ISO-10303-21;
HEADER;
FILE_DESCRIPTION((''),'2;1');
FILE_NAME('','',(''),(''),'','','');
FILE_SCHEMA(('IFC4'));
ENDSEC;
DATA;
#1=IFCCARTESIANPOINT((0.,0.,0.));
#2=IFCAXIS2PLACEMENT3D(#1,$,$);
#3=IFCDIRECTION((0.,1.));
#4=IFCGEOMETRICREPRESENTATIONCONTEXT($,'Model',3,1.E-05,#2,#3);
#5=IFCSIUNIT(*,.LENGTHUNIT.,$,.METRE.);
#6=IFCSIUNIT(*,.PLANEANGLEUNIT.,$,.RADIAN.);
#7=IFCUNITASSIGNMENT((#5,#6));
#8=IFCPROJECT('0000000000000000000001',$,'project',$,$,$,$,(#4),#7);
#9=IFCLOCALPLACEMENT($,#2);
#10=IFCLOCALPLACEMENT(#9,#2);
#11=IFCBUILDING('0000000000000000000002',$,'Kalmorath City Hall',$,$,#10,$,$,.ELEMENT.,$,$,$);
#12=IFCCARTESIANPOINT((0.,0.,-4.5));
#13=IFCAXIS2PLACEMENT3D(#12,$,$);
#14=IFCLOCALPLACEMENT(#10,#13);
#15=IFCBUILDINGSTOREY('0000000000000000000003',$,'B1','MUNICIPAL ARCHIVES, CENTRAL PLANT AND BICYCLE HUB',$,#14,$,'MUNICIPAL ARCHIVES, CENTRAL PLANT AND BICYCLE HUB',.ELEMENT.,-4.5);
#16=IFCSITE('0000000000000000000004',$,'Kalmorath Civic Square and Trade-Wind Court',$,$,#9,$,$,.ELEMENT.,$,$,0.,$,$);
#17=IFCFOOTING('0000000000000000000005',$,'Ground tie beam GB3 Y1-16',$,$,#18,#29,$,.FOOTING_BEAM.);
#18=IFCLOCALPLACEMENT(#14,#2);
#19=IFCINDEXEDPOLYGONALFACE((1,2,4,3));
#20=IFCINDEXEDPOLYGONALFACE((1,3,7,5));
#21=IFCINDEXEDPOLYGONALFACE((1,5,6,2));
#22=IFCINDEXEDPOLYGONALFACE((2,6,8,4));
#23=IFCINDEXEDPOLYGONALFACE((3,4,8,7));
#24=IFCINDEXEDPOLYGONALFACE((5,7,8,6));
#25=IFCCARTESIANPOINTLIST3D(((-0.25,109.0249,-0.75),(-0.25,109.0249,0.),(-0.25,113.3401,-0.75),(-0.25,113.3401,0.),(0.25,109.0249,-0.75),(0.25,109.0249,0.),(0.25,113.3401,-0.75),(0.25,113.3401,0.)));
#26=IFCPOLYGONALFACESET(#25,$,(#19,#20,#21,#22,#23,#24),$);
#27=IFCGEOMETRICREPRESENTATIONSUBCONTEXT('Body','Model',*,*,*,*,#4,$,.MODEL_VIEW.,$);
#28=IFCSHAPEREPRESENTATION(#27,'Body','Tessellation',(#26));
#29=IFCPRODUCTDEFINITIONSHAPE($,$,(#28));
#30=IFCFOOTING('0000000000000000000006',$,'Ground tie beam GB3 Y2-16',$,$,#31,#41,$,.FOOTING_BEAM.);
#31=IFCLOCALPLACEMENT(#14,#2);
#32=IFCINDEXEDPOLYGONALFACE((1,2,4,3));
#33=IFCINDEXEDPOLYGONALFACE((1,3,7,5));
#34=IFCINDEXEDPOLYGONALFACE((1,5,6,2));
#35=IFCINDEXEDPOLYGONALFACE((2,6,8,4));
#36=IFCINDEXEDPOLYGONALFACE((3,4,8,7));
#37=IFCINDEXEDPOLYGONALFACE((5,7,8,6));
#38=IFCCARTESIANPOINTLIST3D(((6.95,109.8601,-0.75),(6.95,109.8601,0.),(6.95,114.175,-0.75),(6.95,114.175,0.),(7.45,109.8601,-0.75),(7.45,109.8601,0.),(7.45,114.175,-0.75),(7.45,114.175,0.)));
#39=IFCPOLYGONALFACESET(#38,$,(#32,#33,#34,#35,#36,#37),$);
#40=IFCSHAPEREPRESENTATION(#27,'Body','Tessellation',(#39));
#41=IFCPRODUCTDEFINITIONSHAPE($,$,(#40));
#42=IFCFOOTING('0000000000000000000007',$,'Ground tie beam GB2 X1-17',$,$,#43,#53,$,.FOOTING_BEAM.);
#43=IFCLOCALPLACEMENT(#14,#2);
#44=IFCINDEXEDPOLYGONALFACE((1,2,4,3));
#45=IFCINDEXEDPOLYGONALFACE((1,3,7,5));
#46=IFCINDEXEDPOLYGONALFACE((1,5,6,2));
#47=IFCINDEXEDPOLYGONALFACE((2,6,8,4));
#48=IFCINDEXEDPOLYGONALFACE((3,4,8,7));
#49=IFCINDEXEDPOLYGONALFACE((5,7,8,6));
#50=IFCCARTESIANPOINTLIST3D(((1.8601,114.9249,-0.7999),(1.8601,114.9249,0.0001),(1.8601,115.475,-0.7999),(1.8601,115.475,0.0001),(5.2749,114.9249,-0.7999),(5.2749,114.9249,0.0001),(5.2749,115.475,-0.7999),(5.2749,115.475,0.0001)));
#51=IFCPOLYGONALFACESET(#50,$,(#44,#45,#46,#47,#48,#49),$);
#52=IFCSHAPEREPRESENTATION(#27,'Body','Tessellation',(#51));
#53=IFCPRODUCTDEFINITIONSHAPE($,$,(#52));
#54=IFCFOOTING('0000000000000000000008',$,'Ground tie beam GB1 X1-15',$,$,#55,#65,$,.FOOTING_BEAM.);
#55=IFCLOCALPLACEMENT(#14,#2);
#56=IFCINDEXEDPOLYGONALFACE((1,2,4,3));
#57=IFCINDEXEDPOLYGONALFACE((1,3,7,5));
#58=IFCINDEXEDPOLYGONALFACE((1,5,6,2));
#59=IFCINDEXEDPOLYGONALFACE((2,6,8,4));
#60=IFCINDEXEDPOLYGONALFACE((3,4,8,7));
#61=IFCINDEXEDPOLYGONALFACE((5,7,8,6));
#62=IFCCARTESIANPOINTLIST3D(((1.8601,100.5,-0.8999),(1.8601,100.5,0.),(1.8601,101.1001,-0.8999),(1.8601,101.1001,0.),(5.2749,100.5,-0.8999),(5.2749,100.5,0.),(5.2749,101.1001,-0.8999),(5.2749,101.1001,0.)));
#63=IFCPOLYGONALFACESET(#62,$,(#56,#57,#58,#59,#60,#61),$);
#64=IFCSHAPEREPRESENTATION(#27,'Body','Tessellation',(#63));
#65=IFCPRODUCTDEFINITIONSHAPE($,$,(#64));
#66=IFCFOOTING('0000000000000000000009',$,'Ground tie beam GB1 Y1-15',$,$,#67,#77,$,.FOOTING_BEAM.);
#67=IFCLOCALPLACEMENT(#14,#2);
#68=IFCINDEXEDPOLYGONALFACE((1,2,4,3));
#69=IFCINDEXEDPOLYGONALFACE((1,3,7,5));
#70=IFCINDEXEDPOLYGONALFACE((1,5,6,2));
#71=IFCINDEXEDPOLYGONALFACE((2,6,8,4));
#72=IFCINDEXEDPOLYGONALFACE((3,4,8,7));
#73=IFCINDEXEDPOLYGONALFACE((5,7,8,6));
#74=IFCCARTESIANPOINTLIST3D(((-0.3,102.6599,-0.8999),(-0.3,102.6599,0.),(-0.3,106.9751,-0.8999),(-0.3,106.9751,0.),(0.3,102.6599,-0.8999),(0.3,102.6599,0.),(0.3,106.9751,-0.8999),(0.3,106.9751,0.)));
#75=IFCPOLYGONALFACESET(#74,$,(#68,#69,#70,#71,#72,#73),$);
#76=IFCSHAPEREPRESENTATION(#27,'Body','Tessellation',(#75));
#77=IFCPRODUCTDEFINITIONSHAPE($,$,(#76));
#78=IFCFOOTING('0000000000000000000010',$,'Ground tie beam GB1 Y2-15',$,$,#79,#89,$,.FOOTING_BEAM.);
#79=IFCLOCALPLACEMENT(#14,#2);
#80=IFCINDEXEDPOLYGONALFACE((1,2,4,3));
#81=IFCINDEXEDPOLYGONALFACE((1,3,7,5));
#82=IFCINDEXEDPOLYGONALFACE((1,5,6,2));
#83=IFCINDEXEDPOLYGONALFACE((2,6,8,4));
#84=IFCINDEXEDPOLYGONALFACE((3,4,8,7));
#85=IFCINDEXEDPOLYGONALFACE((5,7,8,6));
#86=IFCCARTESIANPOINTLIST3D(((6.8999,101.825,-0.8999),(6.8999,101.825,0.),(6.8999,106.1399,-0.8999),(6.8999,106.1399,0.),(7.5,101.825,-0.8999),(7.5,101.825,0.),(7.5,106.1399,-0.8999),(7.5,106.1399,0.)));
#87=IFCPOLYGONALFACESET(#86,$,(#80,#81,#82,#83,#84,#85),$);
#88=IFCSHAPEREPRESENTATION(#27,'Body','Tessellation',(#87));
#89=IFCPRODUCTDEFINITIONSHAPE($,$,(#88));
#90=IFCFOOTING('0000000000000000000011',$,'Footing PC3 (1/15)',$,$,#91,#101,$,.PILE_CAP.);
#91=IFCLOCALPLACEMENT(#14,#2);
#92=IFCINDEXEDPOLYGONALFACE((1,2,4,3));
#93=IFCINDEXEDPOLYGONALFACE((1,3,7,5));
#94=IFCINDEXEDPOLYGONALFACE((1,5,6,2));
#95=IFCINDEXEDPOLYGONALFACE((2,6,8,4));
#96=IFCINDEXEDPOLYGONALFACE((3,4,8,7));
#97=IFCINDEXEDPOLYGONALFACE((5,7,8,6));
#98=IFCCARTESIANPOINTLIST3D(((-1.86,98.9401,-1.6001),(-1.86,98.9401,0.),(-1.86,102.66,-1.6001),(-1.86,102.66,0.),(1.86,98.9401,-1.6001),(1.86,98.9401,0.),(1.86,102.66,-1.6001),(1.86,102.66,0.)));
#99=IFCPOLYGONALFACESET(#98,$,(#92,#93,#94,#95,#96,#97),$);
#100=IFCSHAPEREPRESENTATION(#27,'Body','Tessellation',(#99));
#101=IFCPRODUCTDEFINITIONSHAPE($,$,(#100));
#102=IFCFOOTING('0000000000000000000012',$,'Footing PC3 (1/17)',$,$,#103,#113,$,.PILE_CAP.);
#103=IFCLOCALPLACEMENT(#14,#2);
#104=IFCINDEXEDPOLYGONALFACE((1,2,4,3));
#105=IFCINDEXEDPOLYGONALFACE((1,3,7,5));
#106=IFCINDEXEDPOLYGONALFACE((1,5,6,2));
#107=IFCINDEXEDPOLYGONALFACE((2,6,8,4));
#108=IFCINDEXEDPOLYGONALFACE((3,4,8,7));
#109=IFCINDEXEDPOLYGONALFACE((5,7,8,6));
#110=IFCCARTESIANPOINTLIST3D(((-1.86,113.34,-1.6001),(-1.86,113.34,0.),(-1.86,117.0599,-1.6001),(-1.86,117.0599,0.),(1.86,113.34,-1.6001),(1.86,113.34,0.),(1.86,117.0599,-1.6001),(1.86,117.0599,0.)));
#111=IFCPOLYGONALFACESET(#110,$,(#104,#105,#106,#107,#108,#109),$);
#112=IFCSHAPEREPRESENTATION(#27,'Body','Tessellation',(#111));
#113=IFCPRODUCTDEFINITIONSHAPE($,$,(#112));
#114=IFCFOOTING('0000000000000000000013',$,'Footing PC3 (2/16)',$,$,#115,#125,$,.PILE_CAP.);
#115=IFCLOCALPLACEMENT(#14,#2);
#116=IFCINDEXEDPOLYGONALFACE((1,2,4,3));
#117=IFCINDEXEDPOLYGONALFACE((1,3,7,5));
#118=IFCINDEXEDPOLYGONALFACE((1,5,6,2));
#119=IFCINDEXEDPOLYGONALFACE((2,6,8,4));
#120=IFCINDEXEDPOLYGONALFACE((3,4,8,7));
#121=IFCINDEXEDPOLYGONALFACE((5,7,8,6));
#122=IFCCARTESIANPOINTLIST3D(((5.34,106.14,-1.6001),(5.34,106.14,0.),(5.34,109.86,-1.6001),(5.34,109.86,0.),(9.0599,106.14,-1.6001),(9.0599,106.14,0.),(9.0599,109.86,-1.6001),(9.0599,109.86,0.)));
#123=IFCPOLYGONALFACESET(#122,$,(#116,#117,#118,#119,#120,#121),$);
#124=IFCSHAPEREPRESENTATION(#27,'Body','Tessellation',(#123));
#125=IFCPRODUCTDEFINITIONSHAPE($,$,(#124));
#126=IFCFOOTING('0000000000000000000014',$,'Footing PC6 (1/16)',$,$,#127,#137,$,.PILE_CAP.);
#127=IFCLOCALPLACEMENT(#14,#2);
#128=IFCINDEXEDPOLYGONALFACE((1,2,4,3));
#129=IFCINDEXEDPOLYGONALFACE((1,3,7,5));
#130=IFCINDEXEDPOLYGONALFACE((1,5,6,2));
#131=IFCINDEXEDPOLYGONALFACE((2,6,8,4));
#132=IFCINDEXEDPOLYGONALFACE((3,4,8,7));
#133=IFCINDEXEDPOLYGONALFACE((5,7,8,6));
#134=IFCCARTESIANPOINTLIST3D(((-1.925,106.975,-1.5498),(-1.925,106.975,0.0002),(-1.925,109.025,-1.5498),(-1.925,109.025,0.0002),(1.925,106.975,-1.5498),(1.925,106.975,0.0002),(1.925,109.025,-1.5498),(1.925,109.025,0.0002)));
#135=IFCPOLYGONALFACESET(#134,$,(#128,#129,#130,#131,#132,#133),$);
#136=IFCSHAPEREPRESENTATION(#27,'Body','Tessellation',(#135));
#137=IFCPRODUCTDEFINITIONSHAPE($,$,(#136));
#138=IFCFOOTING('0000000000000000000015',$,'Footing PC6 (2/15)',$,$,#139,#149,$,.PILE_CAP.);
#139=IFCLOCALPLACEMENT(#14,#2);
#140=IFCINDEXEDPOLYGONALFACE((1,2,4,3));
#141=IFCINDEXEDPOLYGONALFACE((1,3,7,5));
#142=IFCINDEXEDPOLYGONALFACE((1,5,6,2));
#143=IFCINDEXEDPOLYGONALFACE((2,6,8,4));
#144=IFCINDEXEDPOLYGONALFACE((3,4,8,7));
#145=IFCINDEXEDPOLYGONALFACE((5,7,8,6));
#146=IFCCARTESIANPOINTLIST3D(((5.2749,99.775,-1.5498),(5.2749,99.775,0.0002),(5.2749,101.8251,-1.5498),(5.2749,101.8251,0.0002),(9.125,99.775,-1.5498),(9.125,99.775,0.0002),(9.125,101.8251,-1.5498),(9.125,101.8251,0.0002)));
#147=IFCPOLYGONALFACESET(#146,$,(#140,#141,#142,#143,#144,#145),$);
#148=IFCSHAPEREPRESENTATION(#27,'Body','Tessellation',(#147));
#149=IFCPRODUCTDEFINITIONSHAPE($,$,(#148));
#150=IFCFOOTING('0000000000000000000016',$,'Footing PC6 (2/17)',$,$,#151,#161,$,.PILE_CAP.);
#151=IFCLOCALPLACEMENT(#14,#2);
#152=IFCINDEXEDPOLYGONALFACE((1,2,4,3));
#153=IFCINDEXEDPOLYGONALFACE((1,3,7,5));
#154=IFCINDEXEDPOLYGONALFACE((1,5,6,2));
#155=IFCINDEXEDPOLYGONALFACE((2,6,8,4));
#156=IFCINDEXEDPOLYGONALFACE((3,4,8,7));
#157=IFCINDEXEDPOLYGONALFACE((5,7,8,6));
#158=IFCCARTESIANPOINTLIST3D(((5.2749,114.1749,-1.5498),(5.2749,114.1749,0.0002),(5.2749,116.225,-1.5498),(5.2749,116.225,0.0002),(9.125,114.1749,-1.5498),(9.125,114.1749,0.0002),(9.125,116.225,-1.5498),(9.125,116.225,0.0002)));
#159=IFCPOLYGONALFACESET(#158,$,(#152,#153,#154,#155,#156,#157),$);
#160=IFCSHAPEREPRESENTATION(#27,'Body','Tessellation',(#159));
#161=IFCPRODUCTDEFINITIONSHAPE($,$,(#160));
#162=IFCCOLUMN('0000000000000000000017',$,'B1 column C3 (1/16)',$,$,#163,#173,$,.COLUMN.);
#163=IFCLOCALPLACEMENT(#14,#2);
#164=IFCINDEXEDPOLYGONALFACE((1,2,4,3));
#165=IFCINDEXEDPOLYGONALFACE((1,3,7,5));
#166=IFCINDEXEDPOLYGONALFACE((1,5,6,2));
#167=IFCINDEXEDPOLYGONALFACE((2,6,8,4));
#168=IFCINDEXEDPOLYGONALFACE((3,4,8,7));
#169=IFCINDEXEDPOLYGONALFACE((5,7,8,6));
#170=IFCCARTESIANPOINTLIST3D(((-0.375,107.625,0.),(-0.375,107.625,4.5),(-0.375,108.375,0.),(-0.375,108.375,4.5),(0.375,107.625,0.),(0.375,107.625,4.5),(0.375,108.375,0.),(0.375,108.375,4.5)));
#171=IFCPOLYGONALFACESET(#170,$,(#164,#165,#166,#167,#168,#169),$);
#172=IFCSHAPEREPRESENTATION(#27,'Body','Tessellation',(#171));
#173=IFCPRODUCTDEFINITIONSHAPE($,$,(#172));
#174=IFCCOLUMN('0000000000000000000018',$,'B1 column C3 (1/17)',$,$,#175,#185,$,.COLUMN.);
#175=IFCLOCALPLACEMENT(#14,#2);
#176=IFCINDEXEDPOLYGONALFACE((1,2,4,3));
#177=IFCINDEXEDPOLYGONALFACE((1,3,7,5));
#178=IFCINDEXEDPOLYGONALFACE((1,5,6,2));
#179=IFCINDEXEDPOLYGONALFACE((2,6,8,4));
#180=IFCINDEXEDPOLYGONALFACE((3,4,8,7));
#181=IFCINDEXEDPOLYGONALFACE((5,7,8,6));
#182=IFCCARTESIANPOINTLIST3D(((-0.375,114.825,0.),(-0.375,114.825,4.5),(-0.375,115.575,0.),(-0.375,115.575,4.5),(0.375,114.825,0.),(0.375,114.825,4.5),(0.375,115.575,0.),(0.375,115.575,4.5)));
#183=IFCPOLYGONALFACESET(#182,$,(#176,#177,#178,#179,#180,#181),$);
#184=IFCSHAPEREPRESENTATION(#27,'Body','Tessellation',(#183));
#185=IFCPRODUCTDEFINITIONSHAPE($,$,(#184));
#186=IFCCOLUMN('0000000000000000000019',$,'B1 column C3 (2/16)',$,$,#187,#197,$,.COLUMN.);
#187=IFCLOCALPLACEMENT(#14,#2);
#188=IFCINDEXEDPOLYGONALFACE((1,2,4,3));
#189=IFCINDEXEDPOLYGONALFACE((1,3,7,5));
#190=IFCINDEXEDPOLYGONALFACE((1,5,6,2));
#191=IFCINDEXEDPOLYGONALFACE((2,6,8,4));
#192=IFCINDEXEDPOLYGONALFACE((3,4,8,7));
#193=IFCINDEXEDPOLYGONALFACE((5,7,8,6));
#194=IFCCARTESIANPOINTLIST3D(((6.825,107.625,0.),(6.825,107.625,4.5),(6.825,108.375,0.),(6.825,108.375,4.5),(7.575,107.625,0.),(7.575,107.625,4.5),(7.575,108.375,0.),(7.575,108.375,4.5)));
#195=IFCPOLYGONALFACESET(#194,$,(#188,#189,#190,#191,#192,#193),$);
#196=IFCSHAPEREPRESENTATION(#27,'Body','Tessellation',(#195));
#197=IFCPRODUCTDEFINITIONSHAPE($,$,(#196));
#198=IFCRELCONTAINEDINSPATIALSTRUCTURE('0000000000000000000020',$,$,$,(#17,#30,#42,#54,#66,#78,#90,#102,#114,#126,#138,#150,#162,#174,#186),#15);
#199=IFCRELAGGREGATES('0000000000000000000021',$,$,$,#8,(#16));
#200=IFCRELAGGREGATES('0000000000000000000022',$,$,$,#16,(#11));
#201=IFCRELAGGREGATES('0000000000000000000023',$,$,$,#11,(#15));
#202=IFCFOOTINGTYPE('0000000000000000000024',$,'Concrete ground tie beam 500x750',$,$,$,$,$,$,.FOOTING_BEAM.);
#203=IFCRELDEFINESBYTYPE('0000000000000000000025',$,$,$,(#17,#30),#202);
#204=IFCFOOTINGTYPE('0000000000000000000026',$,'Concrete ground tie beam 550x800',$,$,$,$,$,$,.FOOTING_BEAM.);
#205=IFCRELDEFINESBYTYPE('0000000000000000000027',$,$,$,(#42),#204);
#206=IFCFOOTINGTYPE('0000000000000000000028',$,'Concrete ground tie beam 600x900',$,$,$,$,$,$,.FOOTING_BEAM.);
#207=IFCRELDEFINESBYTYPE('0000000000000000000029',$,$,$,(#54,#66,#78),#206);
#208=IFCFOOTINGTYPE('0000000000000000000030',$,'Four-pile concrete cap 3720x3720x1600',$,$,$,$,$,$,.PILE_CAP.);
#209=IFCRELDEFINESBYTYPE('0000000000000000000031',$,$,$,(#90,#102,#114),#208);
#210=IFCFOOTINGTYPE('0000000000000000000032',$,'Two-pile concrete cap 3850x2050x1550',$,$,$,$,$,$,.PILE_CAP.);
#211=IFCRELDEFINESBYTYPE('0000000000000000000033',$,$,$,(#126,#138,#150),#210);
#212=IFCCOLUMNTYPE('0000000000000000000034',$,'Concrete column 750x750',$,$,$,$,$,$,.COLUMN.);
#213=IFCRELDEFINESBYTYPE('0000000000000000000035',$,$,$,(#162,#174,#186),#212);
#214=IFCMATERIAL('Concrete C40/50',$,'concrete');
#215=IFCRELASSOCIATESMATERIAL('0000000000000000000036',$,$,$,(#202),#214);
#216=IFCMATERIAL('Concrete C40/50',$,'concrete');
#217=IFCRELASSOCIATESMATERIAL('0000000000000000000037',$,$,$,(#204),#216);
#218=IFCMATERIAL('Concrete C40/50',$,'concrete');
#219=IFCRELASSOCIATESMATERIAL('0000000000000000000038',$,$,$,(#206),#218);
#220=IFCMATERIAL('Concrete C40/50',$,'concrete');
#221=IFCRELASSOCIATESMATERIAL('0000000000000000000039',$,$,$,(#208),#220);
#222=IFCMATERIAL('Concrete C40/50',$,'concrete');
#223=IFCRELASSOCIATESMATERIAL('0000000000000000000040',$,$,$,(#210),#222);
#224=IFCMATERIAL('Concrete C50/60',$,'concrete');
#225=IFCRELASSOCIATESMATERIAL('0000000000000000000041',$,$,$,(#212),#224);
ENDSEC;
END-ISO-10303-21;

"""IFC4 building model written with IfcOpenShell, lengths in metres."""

from ifc_helpers import new_model, si_unit, direction, frame, origin, origin_2d, place, context, subcontext, project, spatial, rectangle, extrude, material, material_profile, profile_set, type_object, element, save


model = new_model("IFC4")

# Units and contexts
model_context = context("Model", 3, precision=1e-05, world=origin(), true_north=direction((0.0, 1.0)))
body_context = subcontext(model_context, "Body", "Model", "MODEL_VIEW")
ifc_project = project(units=[si_unit("LENGTHUNIT", "METRE"), si_unit("PLANEANGLEUNIT", "RADIAN")], contexts=[model_context])

# Site, building, storey
site_placement = place(None, origin())
site = spatial("IfcSite", under=ifc_project, at=site_placement, Name="Kalmorath Civic Square and Trade-Wind Court", CompositionType="ELEMENT", RefElevation=0.0)
building_placement = place(site_placement, origin())
building = spatial("IfcBuilding", under=site, at=building_placement, Name="Kalmorath City Hall", CompositionType="ELEMENT")
storey_placement = place(building_placement, frame((0.0, 0.0, -4.5)))
storey = spatial("IfcBuildingStorey", under=building, at=storey_placement, Name="B1", Description="MUNICIPAL ARCHIVES, CENTRAL PLANT AND BICYCLE HUB", LongName="MUNICIPAL ARCHIVES, CENTRAL PLANT AND BICYCLE HUB", CompositionType="ELEMENT", Elevation=-4.5)

# Footings
ifc_material_1 = material(Name="Concrete C40/50", Category="concrete")
ifc_material_profile_1 = material_profile(ifc_material_1, rectangle(XDim=0.5, YDim=0.75, at=origin_2d()), Name="RC-BM-500X750")
ifc_profile_set_1 = profile_set([ifc_material_profile_1], Name="Concrete C40/50")
footing_type_1 = type_object("IfcFootingType", Name="Concrete ground tie beam 500x750", PredefinedType="FOOTING_BEAM", material=ifc_profile_set_1)
footing_1_placement = place(storey_placement, frame((0.0, 109.0249, -0.375), z_axis=(0.0, 1.0, 0.0), x_axis=(-1.0, 0.0, 0.0)))
element("IfcFooting", 1, at=footing_1_placement, inside=storey, type_object=footing_type_1, Name="Ground tie beam GB3 Y1-16", PredefinedType="FOOTING_BEAM", context=body_context, shape_type="SweptSolid", body=[
    extrude(rectangle(XDim=0.5, YDim=0.75, at=origin_2d()), origin(), (0.0, 0.0, 1.0), 4.3152),
])
footing_2_placement = place(storey_placement, frame((7.2, 109.8601, -0.375), z_axis=(0.0, 1.0, 0.0), x_axis=(-1.0, 0.0, 0.0)))
element("IfcFooting", 2, at=footing_2_placement, inside=storey, type_object=footing_type_1, Name="Ground tie beam GB3 Y2-16", PredefinedType="FOOTING_BEAM", context=body_context, shape_type="SweptSolid", body=[
    extrude(rectangle(XDim=0.5, YDim=0.75, at=origin_2d()), origin(), (0.0, 0.0, 1.0), 4.3149),
])
ifc_material_2 = material(Name="Concrete C40/50", Category="concrete")
ifc_material_profile_2 = material_profile(ifc_material_2, rectangle(XDim=0.55, YDim=0.8, at=origin_2d()), Name="RC-BM-550X800")
ifc_profile_set_2 = profile_set([ifc_material_profile_2], Name="Concrete C40/50")
footing_type_2 = type_object("IfcFootingType", Name="Concrete ground tie beam 550x800", PredefinedType="FOOTING_BEAM", material=ifc_profile_set_2)
footing_3_placement = place(storey_placement, frame((1.8601, 115.2, -0.3999), z_axis=(1.0, 0.0, 0.0), x_axis=(0.0, 1.0, 0.0)))
element("IfcFooting", 3, at=footing_3_placement, inside=storey, type_object=footing_type_2, Name="Ground tie beam GB2 X1-17", PredefinedType="FOOTING_BEAM", context=body_context, shape_type="SweptSolid", body=[
    extrude(rectangle(XDim=0.55, YDim=0.8, at=origin_2d()), origin(), (0.0, 0.0, 1.0), 3.4148),
])
ifc_material_3 = material(Name="Concrete C40/50", Category="concrete")
ifc_material_profile_3 = material_profile(ifc_material_3, rectangle(XDim=0.6001, YDim=0.8999, at=origin_2d()), Name="RC-BM-600X900")
ifc_profile_set_3 = profile_set([ifc_material_profile_3], Name="Concrete C40/50")
footing_type_3 = type_object("IfcFootingType", Name="Concrete ground tie beam 600x900", PredefinedType="FOOTING_BEAM", material=ifc_profile_set_3)
footing_4_placement = place(storey_placement, frame((1.8601, 100.8, -0.45), z_axis=(1.0, 0.0, 0.0), x_axis=(0.0, 1.0, 0.0)))
element("IfcFooting", 4, at=footing_4_placement, inside=storey, type_object=footing_type_3, Name="Ground tie beam GB1 X1-15", PredefinedType="FOOTING_BEAM", context=body_context, shape_type="SweptSolid", body=[
    extrude(rectangle(XDim=0.6001, YDim=0.8999, at=origin_2d()), origin(), (0.0, 0.0, 1.0), 3.4148),
])
footing_5_placement = place(storey_placement, frame((0.0, 102.6599, -0.45), z_axis=(0.0, 1.0, 0.0), x_axis=(-1.0, 0.0, 0.0)))
element("IfcFooting", 5, at=footing_5_placement, inside=storey, type_object=footing_type_3, Name="Ground tie beam GB1 Y1-15", PredefinedType="FOOTING_BEAM", context=body_context, shape_type="SweptSolid", body=[
    extrude(rectangle(XDim=0.6001, YDim=0.8999, at=origin_2d()), origin(), (0.0, 0.0, 1.0), 4.3152),
])
footing_6_placement = place(storey_placement, frame((7.2, 101.825, -0.45), z_axis=(0.0, 1.0, 0.0), x_axis=(-1.0, 0.0, 0.0)))
element("IfcFooting", 6, at=footing_6_placement, inside=storey, type_object=footing_type_3, Name="Ground tie beam GB1 Y2-15", PredefinedType="FOOTING_BEAM", context=body_context, shape_type="SweptSolid", body=[
    extrude(rectangle(XDim=0.6001, YDim=0.8999, at=origin_2d()), origin(), (0.0, 0.0, 1.0), 4.3149),
])
ifc_material_4 = material(Name="Concrete C40/50", Category="concrete")
footing_type_4 = type_object("IfcFootingType", Name="Four-pile concrete cap 3720x3720x1600", PredefinedType="PILE_CAP", material=ifc_material_4)
for number, where, z_axis, x_axis, name in (
    (7, (0.0, 100.8, -1.6001), (0.0, 0.0, 1.0), (1.0, 0.0, 0.0), "Footing PC3 (1/15)"),
    (8, (0.0, 115.2, -1.6001), (0.0, 0.0, 1.0), (1.0, 0.0, 0.0), "Footing PC3 (1/17)"),
    (9, (7.2, 108.0, -1.6001), (0.0, 0.0, 1.0), (1.0, 0.0, 0.0), "Footing PC3 (2/16)"),
):
    element("IfcFooting", number, at=place(storey_placement, frame(where, z_axis=z_axis, x_axis=x_axis)), inside=storey, type_object=footing_type_4, Name=name, PredefinedType="PILE_CAP", context=body_context, shape_type="SweptSolid", body=[
        extrude(rectangle(XDim=3.72, YDim=3.72, at=origin_2d()), origin(), (0.0, 0.0, 1.0), 1.6001),
    ])
ifc_material_5 = material(Name="Concrete C40/50", Category="concrete")
footing_type_5 = type_object("IfcFootingType", Name="Two-pile concrete cap 3850x2050x1550", PredefinedType="PILE_CAP", material=ifc_material_5)
for number, where, z_axis, x_axis, name in (
    (10, (0.0, 108.0, -1.5498), (0.0, 0.0, 1.0), (1.0, 0.0, 0.0), "Footing PC6 (1/16)"),
    (11, (7.2, 100.8, -1.5498), (0.0, 0.0, 1.0), (1.0, 0.0, 0.0), "Footing PC6 (2/15)"),
    (12, (7.2, 115.2, -1.5498), (0.0, 0.0, 1.0), (1.0, 0.0, 0.0), "Footing PC6 (2/17)"),
):
    element("IfcFooting", number, at=place(storey_placement, frame(where, z_axis=z_axis, x_axis=x_axis)), inside=storey, type_object=footing_type_5, Name=name, PredefinedType="PILE_CAP", context=body_context, shape_type="SweptSolid", body=[
        extrude(rectangle(XDim=3.8501, YDim=2.05, at=origin_2d()), origin(), (0.0, 0.0, 1.0), 1.55),
    ])

# Columns
ifc_material_6 = material(Name="Concrete C50/60", Category="concrete")
ifc_material_profile_4 = material_profile(ifc_material_6, rectangle(XDim=0.75, YDim=0.75, at=origin_2d()), Name="RC-COL-750X750")
ifc_profile_set_4 = profile_set([ifc_material_profile_4], Name="Concrete C50/60")
column_type_1 = type_object("IfcColumnType", Name="Concrete column 750x750", PredefinedType="COLUMN", material=ifc_profile_set_4)
for number, where, z_axis, x_axis, name in (
    (13, (0.0, 108.0, 0.0), (0.0, 0.0, 1.0), (1.0, 0.0, 0.0), "B1 column C3 (1/16)"),
    (14, (0.0, 115.2, 0.0), (0.0, 0.0, 1.0), (1.0, 0.0, 0.0), "B1 column C3 (1/17)"),
    (15, (7.2, 108.0, 0.0), (0.0, 0.0, 1.0), (1.0, 0.0, 0.0), "B1 column C3 (2/16)"),
):
    element("IfcColumn", number, at=place(storey_placement, frame(where, z_axis=z_axis, x_axis=x_axis)), inside=storey, type_object=column_type_1, Name=name, PredefinedType="COLUMN", context=body_context, shape_type="SweptSolid", body=[
        extrude(rectangle(XDim=0.75, YDim=0.75, at=origin_2d()), origin(), (0.0, 0.0, 1.0), 4.5),
    ])

save(model, "model.ifc")
